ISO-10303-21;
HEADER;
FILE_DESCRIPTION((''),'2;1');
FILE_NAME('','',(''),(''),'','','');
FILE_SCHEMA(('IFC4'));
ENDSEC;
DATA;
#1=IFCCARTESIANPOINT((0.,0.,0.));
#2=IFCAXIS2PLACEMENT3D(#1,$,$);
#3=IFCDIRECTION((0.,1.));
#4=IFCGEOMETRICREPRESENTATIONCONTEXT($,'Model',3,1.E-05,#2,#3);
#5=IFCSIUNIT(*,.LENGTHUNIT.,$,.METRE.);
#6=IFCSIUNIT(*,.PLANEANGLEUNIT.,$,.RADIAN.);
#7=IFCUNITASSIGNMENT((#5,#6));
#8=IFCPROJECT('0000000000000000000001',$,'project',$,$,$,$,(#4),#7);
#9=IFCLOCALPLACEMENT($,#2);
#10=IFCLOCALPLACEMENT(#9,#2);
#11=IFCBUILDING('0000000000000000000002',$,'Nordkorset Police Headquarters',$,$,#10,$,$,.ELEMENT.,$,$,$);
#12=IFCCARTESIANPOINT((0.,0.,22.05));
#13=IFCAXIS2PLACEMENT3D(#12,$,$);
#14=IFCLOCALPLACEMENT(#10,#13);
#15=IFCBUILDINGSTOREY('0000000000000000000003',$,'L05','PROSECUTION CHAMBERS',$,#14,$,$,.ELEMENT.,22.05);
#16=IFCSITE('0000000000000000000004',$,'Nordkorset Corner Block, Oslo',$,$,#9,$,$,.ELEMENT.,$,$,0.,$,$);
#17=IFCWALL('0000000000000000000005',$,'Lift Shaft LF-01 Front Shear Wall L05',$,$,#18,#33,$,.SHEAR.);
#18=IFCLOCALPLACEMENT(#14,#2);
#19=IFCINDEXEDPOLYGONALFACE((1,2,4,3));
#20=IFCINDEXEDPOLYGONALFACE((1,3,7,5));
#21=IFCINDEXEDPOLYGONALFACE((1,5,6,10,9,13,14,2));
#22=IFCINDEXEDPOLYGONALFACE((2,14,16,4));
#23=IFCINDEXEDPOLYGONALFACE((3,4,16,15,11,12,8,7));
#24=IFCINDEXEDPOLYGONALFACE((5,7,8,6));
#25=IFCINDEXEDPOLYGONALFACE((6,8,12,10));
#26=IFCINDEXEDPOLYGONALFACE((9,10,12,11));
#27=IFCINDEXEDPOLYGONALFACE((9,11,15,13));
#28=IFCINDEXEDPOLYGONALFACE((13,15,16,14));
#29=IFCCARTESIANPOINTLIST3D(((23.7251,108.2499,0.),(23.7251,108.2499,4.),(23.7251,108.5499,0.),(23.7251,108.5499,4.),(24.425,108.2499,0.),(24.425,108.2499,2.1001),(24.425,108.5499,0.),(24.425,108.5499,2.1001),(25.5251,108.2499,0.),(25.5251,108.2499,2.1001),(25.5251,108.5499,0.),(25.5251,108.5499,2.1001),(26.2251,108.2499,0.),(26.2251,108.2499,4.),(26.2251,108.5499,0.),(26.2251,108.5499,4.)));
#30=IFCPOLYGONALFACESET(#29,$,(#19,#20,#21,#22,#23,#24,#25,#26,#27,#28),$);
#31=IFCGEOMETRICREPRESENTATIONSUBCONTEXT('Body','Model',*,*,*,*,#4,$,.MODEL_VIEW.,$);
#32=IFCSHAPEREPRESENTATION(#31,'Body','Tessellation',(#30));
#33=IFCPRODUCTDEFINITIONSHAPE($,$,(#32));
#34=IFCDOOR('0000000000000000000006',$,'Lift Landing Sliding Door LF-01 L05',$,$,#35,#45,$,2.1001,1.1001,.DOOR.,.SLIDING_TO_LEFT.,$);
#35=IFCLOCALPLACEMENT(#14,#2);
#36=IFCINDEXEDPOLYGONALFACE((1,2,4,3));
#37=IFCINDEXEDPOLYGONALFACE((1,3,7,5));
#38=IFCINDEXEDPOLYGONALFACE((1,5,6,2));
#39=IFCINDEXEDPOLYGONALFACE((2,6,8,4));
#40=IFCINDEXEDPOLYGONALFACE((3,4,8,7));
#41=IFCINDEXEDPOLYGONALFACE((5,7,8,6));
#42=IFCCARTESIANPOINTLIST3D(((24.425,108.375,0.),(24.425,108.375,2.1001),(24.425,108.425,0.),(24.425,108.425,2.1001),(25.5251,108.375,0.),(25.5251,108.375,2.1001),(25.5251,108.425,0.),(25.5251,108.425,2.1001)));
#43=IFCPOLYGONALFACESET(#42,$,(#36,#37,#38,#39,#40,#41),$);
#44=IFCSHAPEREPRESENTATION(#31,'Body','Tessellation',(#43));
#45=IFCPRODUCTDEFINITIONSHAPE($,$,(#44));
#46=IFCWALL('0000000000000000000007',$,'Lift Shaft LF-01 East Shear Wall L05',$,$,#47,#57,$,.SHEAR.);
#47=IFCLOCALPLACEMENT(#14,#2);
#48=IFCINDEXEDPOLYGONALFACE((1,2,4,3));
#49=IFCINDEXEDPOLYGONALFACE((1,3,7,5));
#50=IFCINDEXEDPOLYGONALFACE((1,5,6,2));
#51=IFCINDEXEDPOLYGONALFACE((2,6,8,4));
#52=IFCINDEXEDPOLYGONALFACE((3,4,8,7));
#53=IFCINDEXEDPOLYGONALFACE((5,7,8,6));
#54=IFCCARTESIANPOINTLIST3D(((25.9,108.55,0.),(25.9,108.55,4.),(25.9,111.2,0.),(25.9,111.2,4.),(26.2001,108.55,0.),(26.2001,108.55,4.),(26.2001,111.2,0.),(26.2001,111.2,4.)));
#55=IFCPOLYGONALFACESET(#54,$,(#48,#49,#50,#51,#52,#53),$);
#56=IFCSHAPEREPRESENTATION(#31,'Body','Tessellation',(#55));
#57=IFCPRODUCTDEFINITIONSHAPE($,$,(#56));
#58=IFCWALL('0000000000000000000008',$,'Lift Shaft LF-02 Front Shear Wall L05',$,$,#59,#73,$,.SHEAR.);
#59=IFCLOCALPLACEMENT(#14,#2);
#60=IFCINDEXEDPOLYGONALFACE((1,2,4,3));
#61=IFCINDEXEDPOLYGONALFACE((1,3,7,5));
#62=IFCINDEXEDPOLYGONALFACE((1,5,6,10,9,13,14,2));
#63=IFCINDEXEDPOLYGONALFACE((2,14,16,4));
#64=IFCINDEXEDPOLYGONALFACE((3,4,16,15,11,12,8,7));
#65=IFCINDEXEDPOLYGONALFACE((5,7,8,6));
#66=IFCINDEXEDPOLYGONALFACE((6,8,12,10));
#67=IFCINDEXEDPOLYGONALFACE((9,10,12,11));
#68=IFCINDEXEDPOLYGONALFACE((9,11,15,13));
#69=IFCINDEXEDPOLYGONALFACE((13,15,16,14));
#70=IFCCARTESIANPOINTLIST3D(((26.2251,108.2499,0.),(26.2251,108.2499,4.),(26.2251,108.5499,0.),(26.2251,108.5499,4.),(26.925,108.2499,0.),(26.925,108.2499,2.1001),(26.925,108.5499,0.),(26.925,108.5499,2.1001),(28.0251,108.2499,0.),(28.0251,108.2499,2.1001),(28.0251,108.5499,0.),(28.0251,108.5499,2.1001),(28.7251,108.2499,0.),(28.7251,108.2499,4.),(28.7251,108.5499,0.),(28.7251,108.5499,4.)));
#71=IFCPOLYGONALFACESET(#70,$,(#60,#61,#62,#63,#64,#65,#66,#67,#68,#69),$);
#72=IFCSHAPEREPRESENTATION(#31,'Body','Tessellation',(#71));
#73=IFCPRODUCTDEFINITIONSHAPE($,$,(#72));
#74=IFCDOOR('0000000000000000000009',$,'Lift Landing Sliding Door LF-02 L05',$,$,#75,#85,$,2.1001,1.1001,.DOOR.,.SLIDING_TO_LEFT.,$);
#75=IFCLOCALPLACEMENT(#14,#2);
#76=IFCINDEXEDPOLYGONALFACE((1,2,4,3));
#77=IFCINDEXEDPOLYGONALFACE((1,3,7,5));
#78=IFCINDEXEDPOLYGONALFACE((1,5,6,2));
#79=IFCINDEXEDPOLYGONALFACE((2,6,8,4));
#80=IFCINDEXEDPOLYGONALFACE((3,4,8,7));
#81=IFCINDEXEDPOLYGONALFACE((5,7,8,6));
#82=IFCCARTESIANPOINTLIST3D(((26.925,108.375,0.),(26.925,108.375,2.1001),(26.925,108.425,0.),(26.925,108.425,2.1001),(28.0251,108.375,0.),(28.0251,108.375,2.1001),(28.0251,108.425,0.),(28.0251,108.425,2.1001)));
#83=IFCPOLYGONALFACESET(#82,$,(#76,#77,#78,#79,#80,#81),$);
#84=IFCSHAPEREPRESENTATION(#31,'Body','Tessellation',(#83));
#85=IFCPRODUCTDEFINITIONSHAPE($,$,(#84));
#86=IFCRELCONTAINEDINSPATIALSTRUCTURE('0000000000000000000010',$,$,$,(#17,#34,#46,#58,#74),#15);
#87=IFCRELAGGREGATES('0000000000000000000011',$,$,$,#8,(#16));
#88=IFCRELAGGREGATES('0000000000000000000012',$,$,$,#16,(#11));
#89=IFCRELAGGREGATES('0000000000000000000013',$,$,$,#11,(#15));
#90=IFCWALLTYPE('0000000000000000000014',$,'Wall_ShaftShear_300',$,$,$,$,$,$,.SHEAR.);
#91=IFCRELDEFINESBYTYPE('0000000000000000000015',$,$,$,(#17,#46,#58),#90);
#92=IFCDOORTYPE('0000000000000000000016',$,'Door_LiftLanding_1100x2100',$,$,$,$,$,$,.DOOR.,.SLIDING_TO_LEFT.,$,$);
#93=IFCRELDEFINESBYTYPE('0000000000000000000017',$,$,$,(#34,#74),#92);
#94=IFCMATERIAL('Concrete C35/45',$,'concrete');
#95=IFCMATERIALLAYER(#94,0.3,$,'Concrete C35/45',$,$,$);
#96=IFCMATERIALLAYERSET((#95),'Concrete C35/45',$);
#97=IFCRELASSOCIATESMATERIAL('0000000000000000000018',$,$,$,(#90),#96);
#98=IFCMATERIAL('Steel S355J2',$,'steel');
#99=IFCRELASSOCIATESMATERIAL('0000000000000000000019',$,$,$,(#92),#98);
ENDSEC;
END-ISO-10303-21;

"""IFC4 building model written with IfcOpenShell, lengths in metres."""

from ifc_helpers import new_model, si_unit, direction, frame, frame_2d, origin, place, context, subcontext, project, spatial, rectangle, extrude, material, layer, layer_set, type_object, element, fill, save


model = new_model("IFC4")

# Units and contexts
model_context = context("Model", 3, precision=1e-05, world=origin(), true_north=direction((0.0, 1.0)))
body_context = subcontext(model_context, "Body", "Model", "MODEL_VIEW")
ifc_project = project(units=[si_unit("LENGTHUNIT", "METRE"), si_unit("PLANEANGLEUNIT", "RADIAN")], contexts=[model_context])

# Site, building, storey
site_placement = place(None, origin())
site = spatial("IfcSite", under=ifc_project, at=site_placement, Name="Nordkorset Corner Block, Oslo", CompositionType="ELEMENT", RefElevation=0.0)
building_placement = place(site_placement, origin())
building = spatial("IfcBuilding", under=site, at=building_placement, Name="Nordkorset Police Headquarters", CompositionType="ELEMENT")
storey_placement = place(building_placement, frame((0.0, 0.0, 22.05)))
storey = spatial("IfcBuildingStorey", under=building, at=storey_placement, Name="L05", Description="PROSECUTION CHAMBERS", CompositionType="ELEMENT", Elevation=22.05)

# Wall, opening, door
ifc_material_1 = material(Name="Concrete C35/45", Category="concrete")
ifc_layer_1 = layer(ifc_material_1, 0.3, Name="Concrete C35/45")
ifc_layer_set_1 = layer_set([ifc_layer_1], Name="Concrete C35/45")
wall_type_1 = type_object("IfcWallType", Name="Wall_ShaftShear_300", PredefinedType="SHEAR", material=ifc_layer_set_1)
wall_1_placement = place(storey_placement, frame((23.7251, 108.3999, 0.0), z_axis=(0.0, 0.0, 1.0), x_axis=(1.0, 0.0, 0.0)))
wall_1 = element("IfcWall", 1, at=wall_1_placement, inside=storey, type_object=wall_type_1, Name="Lift Shaft LF-01 Front Shear Wall L05", PredefinedType="SHEAR", context=body_context, shape_type="SweptSolid", body=[
    extrude(rectangle(XDim=2.5, YDim=0.3, at=frame_2d((1.25, 0.0))), origin(), (0.0, 0.0, 1.0), 4.0),
])
opening_1_placement = place(wall_1_placement, frame((0.7, 0.0, 0.0)))
opening_1 = element("IfcOpeningElement", 2, at=opening_1_placement, cuts=wall_1, PredefinedType="OPENING", context=body_context, shape_type="SweptSolid", body=[
    extrude(rectangle(XDim=1.1001, YDim=2.1001, at=frame_2d((0.55, 1.05))), frame((0.0, 0.1602, 0.0), z_axis=(0.0, -1.0, 0.0), x_axis=(1.0, 0.0, 0.0)), (0.0, 0.0, 1.0), 0.3201),
])
ifc_material_2 = material(Name="Steel S355J2", Category="steel")
door_type_1 = type_object("IfcDoorType", Name="Door_LiftLanding_1100x2100", OperationType="SLIDING_TO_LEFT", PredefinedType="DOOR", material=ifc_material_2)
door_1_placement = place(opening_1_placement, frame((1.1001, 0.0, 0.0), z_axis=(0.0, 0.0, 1.0), x_axis=(-1.0, 0.0, 0.0)))
door_1 = element("IfcDoor", 3, at=door_1_placement, inside=storey, type_object=door_type_1, Name="Lift Landing Sliding Door LF-01 L05", OperationType="SLIDING_TO_LEFT", OverallHeight=2.1001, OverallWidth=1.1001, PredefinedType="DOOR", context=body_context, shape_type="SweptSolid", body=[
    extrude(rectangle(XDim=1.1001, YDim=2.1001, at=frame_2d((0.55, 1.05))), frame((0.0, 0.0249, 0.0), z_axis=(0.0, -1.0, 0.0), x_axis=(1.0, 0.0, 0.0)), (0.0, 0.0, 1.0), 0.05),
])
fill(opening_1, door_1)

# Wall
wall_2_placement = place(storey_placement, frame((26.05, 108.55, 0.0), z_axis=(0.0, 0.0, 1.0), x_axis=(0.0, 1.0, 0.0)))
element("IfcWall", 4, at=wall_2_placement, inside=storey, type_object=wall_type_1, Name="Lift Shaft LF-01 East Shear Wall L05", PredefinedType="SHEAR", context=body_context, shape_type="SweptSolid", body=[
    extrude(rectangle(XDim=2.6499, YDim=0.3, at=frame_2d((1.325, 0.0))), origin(), (0.0, 0.0, 1.0), 4.0),
])

# Wall, opening, door
wall_3_placement = place(storey_placement, frame((26.2251, 108.3999, 0.0), z_axis=(0.0, 0.0, 1.0), x_axis=(1.0, 0.0, 0.0)))
wall_3 = element("IfcWall", 5, at=wall_3_placement, inside=storey, type_object=wall_type_1, Name="Lift Shaft LF-02 Front Shear Wall L05", PredefinedType="SHEAR", context=body_context, shape_type="SweptSolid", body=[
    extrude(rectangle(XDim=2.5, YDim=0.3, at=frame_2d((1.25, 0.0))), origin(), (0.0, 0.0, 1.0), 4.0),
])
opening_2_placement = place(wall_3_placement, frame((0.7, 0.0, 0.0)))
opening_2 = element("IfcOpeningElement", 6, at=opening_2_placement, cuts=wall_3, PredefinedType="OPENING", context=body_context, shape_type="SweptSolid", body=[
    extrude(rectangle(XDim=1.1001, YDim=2.1001, at=frame_2d((0.55, 1.05))), frame((0.0, 0.1602, 0.0), z_axis=(0.0, -1.0, 0.0), x_axis=(1.0, 0.0, 0.0)), (0.0, 0.0, 1.0), 0.3201),
])
door_2_placement = place(opening_2_placement, frame((1.1001, 0.0, 0.0), z_axis=(0.0, 0.0, 1.0), x_axis=(-1.0, 0.0, 0.0)))
door_2 = element("IfcDoor", 7, at=door_2_placement, inside=storey, type_object=door_type_1, Name="Lift Landing Sliding Door LF-02 L05", OperationType="SLIDING_TO_LEFT", OverallHeight=2.1001, OverallWidth=1.1001, PredefinedType="DOOR", context=body_context, shape_type="SweptSolid", body=[
    extrude(rectangle(XDim=1.1001, YDim=2.1001, at=frame_2d((0.55, 1.05))), frame((0.0, 0.0249, 0.0), z_axis=(0.0, -1.0, 0.0), x_axis=(1.0, 0.0, 0.0)), (0.0, 0.0, 1.0), 0.05),
])
fill(opening_2, door_2)

save(model, "model.ifc")
